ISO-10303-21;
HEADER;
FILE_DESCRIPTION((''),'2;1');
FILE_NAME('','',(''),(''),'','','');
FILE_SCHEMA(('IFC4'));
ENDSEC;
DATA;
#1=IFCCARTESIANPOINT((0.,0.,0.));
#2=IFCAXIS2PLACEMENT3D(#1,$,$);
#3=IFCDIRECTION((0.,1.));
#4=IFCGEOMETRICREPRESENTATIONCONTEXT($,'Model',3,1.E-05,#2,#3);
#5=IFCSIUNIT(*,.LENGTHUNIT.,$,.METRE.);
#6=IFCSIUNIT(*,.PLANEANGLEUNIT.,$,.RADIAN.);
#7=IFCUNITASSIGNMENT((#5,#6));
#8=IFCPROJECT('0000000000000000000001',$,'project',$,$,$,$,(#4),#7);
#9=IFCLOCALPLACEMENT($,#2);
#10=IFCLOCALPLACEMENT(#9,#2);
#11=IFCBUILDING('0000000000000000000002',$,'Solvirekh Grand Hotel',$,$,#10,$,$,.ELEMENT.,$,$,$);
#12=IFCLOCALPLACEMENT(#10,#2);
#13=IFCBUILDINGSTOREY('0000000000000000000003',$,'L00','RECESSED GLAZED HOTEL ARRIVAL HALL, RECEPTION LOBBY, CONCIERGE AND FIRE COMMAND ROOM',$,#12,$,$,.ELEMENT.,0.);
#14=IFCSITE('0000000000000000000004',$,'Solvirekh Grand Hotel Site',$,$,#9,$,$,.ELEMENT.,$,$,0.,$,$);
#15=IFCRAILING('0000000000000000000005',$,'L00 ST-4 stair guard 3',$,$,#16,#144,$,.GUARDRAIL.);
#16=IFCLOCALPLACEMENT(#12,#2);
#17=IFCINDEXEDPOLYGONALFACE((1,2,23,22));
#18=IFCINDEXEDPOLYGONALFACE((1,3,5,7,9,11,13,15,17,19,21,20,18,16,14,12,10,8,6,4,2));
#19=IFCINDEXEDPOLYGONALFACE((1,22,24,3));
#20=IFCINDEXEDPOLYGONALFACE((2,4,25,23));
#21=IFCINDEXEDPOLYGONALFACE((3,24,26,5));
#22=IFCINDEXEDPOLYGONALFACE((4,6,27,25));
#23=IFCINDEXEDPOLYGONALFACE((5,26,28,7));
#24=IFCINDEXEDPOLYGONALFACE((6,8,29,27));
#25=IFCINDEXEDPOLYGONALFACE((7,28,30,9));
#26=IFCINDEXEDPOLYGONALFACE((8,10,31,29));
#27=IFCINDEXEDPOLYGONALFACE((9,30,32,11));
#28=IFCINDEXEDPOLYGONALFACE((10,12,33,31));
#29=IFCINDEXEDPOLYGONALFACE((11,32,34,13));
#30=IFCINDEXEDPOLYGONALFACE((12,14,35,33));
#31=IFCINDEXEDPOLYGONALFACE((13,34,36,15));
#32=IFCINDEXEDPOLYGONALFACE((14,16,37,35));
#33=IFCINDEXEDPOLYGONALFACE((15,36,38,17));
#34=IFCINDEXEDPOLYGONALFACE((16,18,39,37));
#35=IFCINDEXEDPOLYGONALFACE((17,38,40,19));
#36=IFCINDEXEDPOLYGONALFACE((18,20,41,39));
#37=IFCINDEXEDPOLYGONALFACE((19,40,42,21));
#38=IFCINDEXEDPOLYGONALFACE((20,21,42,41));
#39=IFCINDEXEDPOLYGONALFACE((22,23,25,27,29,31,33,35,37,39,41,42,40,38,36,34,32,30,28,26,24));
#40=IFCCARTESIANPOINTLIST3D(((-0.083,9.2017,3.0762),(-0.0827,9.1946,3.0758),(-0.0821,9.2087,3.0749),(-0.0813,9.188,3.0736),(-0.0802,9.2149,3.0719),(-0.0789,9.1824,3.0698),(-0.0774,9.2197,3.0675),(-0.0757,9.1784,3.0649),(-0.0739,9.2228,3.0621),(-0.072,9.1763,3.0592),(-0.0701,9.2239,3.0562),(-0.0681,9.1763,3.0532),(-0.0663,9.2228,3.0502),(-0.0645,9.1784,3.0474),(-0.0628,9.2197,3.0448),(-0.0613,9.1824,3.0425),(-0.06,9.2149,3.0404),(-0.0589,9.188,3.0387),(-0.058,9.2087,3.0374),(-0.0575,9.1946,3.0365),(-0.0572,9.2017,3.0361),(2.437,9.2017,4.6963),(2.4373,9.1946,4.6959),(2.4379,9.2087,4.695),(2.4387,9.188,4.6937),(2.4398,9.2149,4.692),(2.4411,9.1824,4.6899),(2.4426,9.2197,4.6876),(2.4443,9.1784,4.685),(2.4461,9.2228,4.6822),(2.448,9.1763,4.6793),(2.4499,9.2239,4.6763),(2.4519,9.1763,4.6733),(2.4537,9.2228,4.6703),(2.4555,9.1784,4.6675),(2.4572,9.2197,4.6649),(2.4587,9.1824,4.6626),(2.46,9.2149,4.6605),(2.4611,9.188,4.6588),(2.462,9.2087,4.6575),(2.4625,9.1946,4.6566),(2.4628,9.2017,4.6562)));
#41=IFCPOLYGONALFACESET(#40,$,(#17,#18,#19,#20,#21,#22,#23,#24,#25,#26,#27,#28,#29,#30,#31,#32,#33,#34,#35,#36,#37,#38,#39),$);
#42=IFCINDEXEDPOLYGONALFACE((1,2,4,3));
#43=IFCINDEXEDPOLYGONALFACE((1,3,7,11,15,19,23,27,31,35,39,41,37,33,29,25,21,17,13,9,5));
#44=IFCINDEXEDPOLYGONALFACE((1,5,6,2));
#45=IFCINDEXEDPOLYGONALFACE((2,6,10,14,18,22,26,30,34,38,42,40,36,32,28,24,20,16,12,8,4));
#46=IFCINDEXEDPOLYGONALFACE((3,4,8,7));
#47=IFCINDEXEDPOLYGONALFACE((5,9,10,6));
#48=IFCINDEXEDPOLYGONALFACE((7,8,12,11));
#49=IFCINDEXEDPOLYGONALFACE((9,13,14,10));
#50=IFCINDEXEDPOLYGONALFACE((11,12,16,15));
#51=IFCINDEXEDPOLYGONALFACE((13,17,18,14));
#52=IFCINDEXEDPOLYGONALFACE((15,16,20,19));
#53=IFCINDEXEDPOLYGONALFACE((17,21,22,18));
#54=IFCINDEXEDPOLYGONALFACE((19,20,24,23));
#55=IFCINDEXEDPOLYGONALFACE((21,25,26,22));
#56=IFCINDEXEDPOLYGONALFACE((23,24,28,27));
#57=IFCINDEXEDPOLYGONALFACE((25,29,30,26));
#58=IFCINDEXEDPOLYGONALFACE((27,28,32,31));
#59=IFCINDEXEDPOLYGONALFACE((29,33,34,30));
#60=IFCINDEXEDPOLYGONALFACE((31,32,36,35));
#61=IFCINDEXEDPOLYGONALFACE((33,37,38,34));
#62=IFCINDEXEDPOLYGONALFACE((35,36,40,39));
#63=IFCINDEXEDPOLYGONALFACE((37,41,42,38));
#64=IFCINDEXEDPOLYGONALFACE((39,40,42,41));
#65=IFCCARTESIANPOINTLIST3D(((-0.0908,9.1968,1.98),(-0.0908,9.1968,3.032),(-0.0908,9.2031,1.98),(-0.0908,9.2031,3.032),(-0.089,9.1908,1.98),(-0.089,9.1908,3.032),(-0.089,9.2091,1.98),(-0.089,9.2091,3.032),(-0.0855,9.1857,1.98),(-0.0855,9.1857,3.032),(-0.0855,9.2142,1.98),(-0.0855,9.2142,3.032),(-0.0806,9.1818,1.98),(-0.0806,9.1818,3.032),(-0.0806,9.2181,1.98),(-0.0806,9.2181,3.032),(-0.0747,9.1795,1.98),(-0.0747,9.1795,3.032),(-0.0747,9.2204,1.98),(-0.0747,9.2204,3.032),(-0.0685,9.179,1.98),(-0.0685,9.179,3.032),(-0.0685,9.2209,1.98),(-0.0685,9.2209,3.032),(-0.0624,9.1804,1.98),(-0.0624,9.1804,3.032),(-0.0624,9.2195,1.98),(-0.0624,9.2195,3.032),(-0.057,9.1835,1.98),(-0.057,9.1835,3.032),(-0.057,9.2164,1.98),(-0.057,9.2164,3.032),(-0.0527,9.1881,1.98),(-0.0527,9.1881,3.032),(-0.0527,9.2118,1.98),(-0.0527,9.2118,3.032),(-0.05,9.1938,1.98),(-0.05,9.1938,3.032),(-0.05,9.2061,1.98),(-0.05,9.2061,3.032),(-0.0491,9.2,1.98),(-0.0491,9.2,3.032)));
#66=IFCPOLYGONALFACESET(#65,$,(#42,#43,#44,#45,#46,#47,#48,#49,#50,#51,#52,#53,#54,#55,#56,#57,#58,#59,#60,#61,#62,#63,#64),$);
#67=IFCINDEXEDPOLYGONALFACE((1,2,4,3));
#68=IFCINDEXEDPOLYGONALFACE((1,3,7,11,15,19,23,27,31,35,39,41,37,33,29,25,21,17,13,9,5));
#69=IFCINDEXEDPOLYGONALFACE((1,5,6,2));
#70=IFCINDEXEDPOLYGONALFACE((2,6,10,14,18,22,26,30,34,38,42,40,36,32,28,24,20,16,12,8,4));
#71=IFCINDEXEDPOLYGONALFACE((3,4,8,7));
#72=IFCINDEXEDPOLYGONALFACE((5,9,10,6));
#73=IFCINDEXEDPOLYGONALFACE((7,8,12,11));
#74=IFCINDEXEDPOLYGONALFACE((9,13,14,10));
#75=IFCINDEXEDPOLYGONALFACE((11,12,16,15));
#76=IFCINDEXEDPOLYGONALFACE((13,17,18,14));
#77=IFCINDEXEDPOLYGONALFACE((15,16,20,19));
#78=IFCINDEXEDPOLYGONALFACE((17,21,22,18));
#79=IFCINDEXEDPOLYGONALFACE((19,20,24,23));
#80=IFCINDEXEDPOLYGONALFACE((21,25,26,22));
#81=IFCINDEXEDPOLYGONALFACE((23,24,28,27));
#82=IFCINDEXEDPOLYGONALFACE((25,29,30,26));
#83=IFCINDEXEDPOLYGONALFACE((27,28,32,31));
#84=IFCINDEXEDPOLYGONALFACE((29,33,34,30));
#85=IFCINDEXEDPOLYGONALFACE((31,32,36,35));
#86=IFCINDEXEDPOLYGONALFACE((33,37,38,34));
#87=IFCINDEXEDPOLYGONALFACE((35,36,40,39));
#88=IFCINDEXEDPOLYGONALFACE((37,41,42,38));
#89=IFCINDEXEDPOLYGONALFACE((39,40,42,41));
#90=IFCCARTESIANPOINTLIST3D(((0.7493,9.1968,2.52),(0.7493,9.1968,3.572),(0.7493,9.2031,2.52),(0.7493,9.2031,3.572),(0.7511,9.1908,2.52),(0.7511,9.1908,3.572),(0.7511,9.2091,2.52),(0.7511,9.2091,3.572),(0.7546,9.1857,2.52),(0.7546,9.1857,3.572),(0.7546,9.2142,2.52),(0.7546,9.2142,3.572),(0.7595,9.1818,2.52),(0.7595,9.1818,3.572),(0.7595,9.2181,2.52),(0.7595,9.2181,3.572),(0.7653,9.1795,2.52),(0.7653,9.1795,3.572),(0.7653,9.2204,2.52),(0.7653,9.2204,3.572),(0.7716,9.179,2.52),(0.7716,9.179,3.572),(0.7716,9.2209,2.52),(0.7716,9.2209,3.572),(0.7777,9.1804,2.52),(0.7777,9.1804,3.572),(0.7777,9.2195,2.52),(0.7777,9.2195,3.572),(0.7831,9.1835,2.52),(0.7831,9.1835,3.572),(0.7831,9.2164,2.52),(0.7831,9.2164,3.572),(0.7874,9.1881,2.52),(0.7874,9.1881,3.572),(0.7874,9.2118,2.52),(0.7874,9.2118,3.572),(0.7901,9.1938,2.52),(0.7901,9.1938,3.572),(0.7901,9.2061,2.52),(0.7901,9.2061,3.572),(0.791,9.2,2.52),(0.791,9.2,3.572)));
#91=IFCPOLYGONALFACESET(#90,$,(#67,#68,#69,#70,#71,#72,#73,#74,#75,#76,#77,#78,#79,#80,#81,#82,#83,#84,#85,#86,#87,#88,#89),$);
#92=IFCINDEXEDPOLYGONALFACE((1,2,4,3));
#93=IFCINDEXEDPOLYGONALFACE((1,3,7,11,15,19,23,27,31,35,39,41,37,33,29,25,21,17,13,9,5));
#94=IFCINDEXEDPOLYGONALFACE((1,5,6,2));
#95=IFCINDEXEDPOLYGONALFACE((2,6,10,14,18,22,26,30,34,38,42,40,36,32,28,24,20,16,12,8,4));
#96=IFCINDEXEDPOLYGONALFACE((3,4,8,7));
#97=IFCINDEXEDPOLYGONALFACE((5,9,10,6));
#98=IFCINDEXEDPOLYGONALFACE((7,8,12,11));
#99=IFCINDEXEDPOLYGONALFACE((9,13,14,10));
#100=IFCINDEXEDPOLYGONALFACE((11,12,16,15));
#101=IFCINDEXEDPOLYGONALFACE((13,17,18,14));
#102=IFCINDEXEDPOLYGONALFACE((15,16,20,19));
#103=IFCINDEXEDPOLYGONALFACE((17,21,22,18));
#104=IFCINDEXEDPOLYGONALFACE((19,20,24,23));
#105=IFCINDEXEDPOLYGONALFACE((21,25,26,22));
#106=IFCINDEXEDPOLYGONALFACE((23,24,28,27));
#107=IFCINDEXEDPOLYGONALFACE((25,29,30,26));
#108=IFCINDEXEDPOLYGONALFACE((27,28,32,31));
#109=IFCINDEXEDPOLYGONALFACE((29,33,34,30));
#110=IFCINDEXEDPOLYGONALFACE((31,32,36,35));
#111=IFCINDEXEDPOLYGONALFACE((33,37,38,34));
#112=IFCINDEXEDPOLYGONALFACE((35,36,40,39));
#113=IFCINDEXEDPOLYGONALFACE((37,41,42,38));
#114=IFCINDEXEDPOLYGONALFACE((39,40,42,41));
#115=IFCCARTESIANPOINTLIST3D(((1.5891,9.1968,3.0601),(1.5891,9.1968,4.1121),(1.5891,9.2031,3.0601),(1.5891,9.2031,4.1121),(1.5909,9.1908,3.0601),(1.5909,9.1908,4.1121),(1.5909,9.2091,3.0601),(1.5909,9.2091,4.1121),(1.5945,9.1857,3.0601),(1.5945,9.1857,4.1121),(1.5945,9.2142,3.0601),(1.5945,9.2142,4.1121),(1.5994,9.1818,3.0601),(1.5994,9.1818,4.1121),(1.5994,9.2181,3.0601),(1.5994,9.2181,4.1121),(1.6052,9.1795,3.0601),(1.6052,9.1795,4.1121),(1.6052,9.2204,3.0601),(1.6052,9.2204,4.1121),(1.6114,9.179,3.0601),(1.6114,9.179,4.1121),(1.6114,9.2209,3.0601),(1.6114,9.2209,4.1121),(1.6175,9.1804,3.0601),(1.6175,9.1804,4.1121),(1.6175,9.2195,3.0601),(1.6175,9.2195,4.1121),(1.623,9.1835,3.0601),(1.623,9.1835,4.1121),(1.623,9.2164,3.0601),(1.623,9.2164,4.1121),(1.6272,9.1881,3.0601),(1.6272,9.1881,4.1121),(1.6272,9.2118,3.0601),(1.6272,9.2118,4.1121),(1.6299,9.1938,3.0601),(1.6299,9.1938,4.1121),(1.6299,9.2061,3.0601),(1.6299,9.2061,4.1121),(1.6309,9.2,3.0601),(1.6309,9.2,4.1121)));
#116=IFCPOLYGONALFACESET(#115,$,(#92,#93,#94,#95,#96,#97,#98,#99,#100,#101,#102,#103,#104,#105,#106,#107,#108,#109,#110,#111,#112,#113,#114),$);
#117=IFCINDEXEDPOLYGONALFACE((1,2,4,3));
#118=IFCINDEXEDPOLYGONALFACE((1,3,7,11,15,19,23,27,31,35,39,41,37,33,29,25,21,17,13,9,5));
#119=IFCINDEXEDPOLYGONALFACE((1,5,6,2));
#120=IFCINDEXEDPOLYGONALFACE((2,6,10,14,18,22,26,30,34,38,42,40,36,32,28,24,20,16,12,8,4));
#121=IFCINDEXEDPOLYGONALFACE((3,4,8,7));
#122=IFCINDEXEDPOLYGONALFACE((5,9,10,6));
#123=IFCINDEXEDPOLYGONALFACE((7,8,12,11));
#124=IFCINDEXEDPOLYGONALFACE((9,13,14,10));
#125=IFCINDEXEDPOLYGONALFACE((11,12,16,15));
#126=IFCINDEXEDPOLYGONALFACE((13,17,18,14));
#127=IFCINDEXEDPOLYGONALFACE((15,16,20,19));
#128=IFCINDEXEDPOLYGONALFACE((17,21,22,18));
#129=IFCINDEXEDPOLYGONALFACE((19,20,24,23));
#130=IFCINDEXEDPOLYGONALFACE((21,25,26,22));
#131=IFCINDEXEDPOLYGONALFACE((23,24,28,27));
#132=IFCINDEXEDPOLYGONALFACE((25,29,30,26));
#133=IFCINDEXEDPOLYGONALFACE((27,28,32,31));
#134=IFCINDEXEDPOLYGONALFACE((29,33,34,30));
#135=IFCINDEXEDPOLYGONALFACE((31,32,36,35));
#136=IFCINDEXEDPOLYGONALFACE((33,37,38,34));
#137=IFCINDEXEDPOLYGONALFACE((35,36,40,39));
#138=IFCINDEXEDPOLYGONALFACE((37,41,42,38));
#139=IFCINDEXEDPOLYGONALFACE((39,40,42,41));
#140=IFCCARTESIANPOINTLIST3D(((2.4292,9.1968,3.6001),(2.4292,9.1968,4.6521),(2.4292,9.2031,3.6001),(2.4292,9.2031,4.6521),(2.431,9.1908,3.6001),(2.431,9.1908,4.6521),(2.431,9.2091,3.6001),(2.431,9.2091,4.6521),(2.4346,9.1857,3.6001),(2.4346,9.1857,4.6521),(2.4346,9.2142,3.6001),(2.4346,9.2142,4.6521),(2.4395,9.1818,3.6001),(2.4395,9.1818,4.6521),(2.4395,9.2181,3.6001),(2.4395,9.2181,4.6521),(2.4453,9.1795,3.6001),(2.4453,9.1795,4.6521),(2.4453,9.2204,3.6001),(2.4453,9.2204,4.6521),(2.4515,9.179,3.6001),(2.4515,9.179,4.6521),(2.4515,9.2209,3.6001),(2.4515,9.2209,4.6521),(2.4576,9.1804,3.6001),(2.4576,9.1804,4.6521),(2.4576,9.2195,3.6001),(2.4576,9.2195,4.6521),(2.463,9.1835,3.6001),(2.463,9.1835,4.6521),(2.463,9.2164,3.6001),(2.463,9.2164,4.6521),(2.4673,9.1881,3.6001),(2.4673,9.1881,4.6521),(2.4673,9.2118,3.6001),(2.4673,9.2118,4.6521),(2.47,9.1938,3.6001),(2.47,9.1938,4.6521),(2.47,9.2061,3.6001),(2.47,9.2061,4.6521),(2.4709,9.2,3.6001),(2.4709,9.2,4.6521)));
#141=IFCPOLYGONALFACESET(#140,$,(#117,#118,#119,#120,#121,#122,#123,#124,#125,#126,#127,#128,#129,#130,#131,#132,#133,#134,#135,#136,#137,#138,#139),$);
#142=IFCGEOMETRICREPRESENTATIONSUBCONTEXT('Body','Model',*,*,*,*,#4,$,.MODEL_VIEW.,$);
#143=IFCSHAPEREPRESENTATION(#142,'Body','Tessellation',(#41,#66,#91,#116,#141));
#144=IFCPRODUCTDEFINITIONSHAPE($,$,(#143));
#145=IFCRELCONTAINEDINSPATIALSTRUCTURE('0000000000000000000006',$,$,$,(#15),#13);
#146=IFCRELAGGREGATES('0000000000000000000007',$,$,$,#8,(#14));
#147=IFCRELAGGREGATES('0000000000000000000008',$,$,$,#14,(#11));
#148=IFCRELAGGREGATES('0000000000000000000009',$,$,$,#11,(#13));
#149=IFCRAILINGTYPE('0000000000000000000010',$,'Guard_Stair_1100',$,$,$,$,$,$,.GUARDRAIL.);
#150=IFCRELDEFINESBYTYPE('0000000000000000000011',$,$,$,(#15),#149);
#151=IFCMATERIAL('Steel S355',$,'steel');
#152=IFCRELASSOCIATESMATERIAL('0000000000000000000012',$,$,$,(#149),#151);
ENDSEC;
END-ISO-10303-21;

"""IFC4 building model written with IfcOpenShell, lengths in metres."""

from ifc_helpers import new_model, si_unit, direction, frame, origin, origin_2d, place, context, subcontext, project, spatial, circle, extrude, material, type_object, element, save


model = new_model("IFC4")

# Units and contexts
model_context = context("Model", 3, precision=1e-05, world=origin(), true_north=direction((0.0, 1.0)))
body_context = subcontext(model_context, "Body", "Model", "MODEL_VIEW")
ifc_project = project(units=[si_unit("LENGTHUNIT", "METRE"), si_unit("PLANEANGLEUNIT", "RADIAN")], contexts=[model_context])

# Site, building, storey
site_placement = place(None, origin())
site = spatial("IfcSite", under=ifc_project, at=site_placement, Name="Solvirekh Grand Hotel Site", CompositionType="ELEMENT", RefElevation=0.0)
building_placement = place(site_placement, origin())
building = spatial("IfcBuilding", under=site, at=building_placement, Name="Solvirekh Grand Hotel", CompositionType="ELEMENT")
storey_placement = place(building_placement, origin())
storey = spatial("IfcBuildingStorey", under=building, at=storey_placement, Name="L00", Description="RECESSED GLAZED HOTEL ARRIVAL HALL, RECEPTION LOBBY, CONCIERGE AND FIRE COMMAND ROOM", CompositionType="ELEMENT", Elevation=0.0)

# Shared definitions
ifc_material_1 = material(Name="Steel S355", Category="steel")

# Railing
railing_type_1 = type_object("IfcRailingType", Name="Guard_Stair_1100", PredefinedType="GUARDRAIL", material=ifc_material_1)
railing_1_placement = place(storey_placement, frame((-0.0701, 9.2, 1.98)))
element("IfcRailing", 1, at=railing_1_placement, inside=storey, type_object=railing_type_1, Name="L00 ST-4 stair guard 3", PredefinedType="GUARDRAIL", context=body_context, shape_type="SweptSolid", body=[
    extrude(circle(Radius=0.0239, at=origin_2d()), frame((0.0, 0.0, 1.0762), z_axis=(0.841163, 0.0, 0.540782), x_axis=(0.0, 1.0, 0.0)), (0.0, 0.0, 1.0), 2.9958),
    extrude(circle(Radius=0.021, at=origin_2d()), origin(), (0.0, 0.0, 1.0), 1.052),
    extrude(circle(Radius=0.021, at=origin_2d()), frame((0.8401, 0.0, 0.54)), (0.0, 0.0, 1.0), 1.052),
    extrude(circle(Radius=0.021, at=origin_2d()), frame((1.6799, 0.0, 1.0801)), (0.0, 0.0, 1.0), 1.052),
    extrude(circle(Radius=0.021, at=origin_2d()), frame((2.52, 0.0, 1.6201)), (0.0, 0.0, 1.0), 1.052),
])

save(model, "model.ifc")
